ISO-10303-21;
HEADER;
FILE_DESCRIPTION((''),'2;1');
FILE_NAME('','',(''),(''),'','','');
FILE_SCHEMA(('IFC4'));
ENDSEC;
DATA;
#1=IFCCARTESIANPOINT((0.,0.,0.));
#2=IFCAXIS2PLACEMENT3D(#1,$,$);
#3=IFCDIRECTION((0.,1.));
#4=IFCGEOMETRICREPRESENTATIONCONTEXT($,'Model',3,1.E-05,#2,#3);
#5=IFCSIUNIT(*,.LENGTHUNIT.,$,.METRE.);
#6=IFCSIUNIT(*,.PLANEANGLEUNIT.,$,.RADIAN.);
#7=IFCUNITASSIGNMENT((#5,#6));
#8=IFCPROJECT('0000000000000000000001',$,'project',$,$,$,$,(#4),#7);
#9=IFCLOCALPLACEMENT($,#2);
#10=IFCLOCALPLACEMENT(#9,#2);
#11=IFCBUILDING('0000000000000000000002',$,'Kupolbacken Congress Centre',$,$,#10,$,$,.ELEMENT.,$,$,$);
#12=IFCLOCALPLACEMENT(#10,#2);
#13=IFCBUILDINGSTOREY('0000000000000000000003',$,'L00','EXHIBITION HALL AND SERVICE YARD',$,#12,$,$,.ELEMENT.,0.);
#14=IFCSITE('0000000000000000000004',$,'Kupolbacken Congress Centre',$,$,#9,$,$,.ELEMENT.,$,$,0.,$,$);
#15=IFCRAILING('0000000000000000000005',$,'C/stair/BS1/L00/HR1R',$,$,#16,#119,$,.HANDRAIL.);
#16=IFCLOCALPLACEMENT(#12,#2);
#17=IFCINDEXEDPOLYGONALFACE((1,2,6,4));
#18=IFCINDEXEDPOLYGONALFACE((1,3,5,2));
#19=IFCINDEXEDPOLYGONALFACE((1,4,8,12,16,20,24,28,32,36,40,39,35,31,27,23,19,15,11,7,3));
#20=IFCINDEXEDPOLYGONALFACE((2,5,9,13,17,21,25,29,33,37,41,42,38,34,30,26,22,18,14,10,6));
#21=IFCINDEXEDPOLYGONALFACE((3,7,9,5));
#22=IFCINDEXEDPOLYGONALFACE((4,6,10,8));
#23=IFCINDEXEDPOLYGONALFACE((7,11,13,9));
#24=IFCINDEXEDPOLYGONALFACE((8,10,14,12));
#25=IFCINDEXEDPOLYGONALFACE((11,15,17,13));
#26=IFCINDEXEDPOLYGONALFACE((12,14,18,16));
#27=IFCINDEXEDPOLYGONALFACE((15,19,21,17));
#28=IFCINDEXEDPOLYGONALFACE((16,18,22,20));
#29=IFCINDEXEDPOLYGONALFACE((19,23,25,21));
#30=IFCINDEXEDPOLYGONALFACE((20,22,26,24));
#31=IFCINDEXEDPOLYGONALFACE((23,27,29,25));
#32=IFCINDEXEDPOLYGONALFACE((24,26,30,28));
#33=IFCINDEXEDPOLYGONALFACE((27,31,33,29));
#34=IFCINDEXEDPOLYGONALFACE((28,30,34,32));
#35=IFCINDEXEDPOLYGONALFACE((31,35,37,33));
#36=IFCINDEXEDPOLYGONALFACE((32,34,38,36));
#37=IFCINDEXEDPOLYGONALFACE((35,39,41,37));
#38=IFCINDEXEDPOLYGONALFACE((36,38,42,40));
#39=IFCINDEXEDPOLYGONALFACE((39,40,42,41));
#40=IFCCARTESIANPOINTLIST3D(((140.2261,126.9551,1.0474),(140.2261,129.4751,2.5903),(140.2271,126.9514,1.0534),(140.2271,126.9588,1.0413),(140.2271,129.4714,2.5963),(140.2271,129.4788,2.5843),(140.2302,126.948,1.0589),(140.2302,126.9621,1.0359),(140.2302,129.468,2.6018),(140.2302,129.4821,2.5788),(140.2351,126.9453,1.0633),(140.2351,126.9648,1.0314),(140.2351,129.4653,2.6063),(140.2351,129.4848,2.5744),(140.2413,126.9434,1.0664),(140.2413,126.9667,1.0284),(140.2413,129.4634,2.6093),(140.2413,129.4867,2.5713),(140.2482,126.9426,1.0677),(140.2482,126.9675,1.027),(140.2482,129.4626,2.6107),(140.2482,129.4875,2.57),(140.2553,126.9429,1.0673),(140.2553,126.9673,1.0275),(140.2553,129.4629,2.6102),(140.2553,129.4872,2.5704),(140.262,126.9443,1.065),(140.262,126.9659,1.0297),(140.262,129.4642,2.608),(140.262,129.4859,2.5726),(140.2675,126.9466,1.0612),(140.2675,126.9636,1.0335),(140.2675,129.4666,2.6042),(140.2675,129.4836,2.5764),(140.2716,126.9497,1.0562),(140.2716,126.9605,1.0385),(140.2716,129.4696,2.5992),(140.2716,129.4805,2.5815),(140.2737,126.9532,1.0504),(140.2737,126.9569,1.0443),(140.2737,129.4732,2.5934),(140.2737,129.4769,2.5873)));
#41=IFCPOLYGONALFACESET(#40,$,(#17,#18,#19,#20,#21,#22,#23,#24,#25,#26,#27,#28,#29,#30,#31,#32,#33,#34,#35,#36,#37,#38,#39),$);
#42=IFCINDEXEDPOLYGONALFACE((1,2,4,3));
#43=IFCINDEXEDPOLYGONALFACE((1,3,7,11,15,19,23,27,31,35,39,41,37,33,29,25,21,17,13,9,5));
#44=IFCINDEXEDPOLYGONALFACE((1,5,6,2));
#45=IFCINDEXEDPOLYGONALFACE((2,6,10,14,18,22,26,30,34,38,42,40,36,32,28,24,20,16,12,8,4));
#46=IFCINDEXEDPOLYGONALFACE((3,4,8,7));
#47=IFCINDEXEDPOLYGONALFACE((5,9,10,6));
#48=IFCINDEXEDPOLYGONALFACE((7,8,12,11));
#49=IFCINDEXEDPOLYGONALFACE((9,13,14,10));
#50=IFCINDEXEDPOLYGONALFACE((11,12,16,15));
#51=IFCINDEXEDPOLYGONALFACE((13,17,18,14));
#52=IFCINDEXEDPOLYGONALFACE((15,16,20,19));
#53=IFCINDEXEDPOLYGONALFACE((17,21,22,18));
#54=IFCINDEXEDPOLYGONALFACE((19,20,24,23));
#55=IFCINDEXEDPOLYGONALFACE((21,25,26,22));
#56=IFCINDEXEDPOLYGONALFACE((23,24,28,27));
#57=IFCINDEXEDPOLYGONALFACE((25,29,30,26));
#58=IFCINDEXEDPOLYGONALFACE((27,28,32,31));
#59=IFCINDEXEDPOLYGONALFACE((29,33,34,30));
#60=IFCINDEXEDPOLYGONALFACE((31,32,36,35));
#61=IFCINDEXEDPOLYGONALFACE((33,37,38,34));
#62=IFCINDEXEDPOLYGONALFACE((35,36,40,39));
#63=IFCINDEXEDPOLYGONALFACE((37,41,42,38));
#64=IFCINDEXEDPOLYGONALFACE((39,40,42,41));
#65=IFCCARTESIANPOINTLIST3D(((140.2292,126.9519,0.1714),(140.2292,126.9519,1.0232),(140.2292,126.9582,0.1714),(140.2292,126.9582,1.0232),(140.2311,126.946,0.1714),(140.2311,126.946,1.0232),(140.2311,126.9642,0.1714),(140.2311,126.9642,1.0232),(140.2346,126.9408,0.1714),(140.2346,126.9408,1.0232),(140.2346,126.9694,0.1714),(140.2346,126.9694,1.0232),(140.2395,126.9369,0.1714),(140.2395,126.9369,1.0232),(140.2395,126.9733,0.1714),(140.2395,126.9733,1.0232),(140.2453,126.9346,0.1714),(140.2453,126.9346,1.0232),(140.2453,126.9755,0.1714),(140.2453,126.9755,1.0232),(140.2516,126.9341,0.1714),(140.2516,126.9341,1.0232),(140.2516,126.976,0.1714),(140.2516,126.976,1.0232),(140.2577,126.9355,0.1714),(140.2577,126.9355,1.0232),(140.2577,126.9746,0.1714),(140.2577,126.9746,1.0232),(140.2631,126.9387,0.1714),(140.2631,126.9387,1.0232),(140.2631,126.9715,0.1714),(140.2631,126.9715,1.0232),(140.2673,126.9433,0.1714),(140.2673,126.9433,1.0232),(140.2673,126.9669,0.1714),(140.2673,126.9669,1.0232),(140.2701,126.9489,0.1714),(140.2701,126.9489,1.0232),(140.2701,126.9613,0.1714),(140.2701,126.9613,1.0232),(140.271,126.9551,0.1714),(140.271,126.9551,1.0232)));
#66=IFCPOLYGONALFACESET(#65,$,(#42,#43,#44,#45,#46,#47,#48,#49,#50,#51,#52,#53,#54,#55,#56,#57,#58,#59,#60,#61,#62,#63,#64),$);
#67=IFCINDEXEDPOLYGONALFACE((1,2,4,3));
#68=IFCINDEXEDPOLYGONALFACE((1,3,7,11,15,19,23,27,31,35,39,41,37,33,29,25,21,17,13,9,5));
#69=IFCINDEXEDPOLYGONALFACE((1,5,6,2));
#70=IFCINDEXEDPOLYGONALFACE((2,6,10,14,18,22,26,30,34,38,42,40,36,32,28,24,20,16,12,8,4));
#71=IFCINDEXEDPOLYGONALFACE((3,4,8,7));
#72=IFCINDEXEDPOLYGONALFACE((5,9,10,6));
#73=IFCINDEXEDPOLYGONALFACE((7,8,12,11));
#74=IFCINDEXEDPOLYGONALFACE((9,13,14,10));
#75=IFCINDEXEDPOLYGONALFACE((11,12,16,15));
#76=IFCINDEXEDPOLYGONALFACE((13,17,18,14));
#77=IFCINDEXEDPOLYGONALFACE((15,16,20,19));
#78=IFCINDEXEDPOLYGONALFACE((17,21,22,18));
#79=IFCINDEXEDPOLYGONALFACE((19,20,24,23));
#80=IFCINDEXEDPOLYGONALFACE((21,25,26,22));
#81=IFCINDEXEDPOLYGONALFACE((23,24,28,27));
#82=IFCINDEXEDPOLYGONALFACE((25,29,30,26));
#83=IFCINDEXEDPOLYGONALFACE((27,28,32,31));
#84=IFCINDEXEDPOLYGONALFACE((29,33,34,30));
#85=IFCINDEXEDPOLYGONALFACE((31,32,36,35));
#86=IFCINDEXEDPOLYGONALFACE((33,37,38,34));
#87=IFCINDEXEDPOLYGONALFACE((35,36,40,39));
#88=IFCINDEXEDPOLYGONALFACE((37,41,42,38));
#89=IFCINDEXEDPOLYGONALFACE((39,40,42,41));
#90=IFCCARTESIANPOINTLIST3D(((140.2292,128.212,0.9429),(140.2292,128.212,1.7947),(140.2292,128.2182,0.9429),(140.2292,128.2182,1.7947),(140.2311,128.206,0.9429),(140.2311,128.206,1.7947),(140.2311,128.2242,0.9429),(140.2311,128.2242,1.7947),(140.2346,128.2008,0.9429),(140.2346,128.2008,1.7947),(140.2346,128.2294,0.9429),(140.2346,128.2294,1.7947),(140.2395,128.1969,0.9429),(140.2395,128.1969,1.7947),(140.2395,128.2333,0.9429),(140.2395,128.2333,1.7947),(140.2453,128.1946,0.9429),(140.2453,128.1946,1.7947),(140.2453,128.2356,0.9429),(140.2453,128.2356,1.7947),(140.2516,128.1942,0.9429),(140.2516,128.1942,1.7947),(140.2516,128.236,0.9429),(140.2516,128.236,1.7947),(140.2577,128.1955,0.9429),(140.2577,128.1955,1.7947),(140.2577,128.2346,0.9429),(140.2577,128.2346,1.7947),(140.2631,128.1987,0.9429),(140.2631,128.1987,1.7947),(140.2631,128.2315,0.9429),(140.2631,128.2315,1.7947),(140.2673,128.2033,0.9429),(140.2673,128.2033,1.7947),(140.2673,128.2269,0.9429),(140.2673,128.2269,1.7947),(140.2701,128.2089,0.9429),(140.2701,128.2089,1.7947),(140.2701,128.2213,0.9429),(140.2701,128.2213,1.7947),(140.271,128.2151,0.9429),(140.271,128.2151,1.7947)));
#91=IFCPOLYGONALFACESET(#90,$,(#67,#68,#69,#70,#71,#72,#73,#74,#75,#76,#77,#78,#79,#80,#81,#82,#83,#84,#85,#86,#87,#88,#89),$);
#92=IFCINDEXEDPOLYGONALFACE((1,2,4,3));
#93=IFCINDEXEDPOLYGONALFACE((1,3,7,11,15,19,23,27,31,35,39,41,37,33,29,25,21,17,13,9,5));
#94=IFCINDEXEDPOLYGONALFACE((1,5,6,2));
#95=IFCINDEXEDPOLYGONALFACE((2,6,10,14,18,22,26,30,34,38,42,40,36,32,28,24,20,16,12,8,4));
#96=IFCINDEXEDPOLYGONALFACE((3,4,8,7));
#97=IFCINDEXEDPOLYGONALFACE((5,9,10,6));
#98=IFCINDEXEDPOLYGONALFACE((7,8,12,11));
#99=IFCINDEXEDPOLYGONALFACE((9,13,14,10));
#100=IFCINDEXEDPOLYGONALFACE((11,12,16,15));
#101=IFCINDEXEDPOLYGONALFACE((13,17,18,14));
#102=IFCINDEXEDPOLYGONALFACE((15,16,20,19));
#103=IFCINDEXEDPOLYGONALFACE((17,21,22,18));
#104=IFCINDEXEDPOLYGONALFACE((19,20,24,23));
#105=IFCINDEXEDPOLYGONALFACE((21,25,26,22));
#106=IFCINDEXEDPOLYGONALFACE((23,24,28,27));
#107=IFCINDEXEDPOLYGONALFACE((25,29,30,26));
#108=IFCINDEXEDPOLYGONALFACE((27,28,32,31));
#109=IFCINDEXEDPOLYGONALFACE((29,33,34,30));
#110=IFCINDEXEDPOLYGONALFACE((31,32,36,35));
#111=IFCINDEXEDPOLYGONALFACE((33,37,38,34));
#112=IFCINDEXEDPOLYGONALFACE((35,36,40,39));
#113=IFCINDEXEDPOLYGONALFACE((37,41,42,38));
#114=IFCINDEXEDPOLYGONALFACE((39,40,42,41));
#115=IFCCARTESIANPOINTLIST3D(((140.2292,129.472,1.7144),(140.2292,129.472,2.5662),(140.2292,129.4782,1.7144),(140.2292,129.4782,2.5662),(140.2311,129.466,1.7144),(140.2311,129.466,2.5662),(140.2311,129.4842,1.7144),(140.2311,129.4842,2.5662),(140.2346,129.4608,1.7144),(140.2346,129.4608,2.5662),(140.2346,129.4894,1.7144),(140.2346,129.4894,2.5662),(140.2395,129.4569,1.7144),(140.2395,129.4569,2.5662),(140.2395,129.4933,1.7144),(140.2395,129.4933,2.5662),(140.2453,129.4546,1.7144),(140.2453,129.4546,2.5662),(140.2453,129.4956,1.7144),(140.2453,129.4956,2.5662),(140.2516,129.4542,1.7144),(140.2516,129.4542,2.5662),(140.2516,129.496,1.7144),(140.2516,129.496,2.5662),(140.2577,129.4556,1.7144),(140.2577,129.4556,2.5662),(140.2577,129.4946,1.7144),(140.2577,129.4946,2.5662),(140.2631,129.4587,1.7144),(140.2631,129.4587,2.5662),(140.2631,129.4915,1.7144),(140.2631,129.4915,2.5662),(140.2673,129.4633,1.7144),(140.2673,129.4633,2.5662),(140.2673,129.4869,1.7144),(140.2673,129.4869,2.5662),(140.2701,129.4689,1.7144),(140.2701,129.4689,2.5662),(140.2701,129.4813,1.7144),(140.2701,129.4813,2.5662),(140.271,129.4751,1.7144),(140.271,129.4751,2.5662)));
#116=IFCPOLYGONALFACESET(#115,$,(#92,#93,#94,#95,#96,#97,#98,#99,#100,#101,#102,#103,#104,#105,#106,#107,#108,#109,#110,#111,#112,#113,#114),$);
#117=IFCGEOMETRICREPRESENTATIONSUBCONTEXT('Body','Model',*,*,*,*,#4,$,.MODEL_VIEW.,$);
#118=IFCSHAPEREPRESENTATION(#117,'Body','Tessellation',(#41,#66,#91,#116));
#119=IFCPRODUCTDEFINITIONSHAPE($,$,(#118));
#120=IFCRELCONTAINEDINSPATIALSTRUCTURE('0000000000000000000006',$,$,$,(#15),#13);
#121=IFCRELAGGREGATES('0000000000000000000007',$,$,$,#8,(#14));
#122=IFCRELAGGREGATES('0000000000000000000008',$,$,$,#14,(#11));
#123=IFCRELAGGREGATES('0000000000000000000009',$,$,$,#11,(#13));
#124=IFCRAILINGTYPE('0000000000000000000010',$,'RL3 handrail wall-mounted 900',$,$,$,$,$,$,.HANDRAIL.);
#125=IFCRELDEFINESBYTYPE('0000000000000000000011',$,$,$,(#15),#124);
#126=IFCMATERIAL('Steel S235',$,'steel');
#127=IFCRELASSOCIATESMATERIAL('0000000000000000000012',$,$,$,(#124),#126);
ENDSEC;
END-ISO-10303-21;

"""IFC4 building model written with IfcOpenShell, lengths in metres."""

from ifc_helpers import new_model, si_unit, direction, frame, origin, origin_2d, place, context, subcontext, project, spatial, circle, extrude, material, type_object, element, save


model = new_model("IFC4")

# Units and contexts
model_context = context("Model", 3, precision=1e-05, world=origin(), true_north=direction((0.0, 1.0)))
body_context = subcontext(model_context, "Body", "Model", "MODEL_VIEW")
ifc_project = project(units=[si_unit("LENGTHUNIT", "METRE"), si_unit("PLANEANGLEUNIT", "RADIAN")], contexts=[model_context])

# Site, building, storey
site_placement = place(None, origin())
site = spatial("IfcSite", under=ifc_project, at=site_placement, Name="Kupolbacken Congress Centre", CompositionType="ELEMENT", RefElevation=0.0)
building_placement = place(site_placement, origin())
building = spatial("IfcBuilding", under=site, at=building_placement, Name="Kupolbacken Congress Centre", CompositionType="ELEMENT")
storey_placement = place(building_placement, origin())
storey = spatial("IfcBuildingStorey", under=building, at=storey_placement, Name="L00", Description="EXHIBITION HALL AND SERVICE YARD", CompositionType="ELEMENT", Elevation=0.0)

# Railing
ifc_material_1 = material(Name="Steel S235", Category="steel")
railing_type = type_object("IfcRailingType", Name="RL3 handrail wall-mounted 900", PredefinedType="HANDRAIL", material=ifc_material_1)
for number, where, name in (
    (1, (140.25, 126.9551, 0.1714), "C/stair/BS1/L00/HR1R"),
):
    element("IfcRailing", number, at=place(storey_placement, frame(where)), inside=storey, type_object=railing_type, Name=name, PredefinedType="HANDRAIL", context=body_context, shape_type="SweptSolid", body=[
        extrude(circle(Radius=0.0239, at=origin_2d()), frame((0.0, 0.0, 0.876), z_axis=(0.0, 0.852836, 0.522178), x_axis=(-1.0, 0.0, 0.0)), (0.0, 0.0, 1.0), 2.9548),
        extrude(circle(Radius=0.021, at=origin_2d()), origin(), (0.0, 0.0, 1.0), 0.8518),
        extrude(circle(Radius=0.021, at=origin_2d()), frame((0.0, 1.26, 0.7715)), (0.0, 0.0, 1.0), 0.8518),
        extrude(circle(Radius=0.021, at=origin_2d()), frame((0.0, 2.52, 1.543)), (0.0, 0.0, 1.0), 0.8518),
    ])

save(model, "model.ifc")
